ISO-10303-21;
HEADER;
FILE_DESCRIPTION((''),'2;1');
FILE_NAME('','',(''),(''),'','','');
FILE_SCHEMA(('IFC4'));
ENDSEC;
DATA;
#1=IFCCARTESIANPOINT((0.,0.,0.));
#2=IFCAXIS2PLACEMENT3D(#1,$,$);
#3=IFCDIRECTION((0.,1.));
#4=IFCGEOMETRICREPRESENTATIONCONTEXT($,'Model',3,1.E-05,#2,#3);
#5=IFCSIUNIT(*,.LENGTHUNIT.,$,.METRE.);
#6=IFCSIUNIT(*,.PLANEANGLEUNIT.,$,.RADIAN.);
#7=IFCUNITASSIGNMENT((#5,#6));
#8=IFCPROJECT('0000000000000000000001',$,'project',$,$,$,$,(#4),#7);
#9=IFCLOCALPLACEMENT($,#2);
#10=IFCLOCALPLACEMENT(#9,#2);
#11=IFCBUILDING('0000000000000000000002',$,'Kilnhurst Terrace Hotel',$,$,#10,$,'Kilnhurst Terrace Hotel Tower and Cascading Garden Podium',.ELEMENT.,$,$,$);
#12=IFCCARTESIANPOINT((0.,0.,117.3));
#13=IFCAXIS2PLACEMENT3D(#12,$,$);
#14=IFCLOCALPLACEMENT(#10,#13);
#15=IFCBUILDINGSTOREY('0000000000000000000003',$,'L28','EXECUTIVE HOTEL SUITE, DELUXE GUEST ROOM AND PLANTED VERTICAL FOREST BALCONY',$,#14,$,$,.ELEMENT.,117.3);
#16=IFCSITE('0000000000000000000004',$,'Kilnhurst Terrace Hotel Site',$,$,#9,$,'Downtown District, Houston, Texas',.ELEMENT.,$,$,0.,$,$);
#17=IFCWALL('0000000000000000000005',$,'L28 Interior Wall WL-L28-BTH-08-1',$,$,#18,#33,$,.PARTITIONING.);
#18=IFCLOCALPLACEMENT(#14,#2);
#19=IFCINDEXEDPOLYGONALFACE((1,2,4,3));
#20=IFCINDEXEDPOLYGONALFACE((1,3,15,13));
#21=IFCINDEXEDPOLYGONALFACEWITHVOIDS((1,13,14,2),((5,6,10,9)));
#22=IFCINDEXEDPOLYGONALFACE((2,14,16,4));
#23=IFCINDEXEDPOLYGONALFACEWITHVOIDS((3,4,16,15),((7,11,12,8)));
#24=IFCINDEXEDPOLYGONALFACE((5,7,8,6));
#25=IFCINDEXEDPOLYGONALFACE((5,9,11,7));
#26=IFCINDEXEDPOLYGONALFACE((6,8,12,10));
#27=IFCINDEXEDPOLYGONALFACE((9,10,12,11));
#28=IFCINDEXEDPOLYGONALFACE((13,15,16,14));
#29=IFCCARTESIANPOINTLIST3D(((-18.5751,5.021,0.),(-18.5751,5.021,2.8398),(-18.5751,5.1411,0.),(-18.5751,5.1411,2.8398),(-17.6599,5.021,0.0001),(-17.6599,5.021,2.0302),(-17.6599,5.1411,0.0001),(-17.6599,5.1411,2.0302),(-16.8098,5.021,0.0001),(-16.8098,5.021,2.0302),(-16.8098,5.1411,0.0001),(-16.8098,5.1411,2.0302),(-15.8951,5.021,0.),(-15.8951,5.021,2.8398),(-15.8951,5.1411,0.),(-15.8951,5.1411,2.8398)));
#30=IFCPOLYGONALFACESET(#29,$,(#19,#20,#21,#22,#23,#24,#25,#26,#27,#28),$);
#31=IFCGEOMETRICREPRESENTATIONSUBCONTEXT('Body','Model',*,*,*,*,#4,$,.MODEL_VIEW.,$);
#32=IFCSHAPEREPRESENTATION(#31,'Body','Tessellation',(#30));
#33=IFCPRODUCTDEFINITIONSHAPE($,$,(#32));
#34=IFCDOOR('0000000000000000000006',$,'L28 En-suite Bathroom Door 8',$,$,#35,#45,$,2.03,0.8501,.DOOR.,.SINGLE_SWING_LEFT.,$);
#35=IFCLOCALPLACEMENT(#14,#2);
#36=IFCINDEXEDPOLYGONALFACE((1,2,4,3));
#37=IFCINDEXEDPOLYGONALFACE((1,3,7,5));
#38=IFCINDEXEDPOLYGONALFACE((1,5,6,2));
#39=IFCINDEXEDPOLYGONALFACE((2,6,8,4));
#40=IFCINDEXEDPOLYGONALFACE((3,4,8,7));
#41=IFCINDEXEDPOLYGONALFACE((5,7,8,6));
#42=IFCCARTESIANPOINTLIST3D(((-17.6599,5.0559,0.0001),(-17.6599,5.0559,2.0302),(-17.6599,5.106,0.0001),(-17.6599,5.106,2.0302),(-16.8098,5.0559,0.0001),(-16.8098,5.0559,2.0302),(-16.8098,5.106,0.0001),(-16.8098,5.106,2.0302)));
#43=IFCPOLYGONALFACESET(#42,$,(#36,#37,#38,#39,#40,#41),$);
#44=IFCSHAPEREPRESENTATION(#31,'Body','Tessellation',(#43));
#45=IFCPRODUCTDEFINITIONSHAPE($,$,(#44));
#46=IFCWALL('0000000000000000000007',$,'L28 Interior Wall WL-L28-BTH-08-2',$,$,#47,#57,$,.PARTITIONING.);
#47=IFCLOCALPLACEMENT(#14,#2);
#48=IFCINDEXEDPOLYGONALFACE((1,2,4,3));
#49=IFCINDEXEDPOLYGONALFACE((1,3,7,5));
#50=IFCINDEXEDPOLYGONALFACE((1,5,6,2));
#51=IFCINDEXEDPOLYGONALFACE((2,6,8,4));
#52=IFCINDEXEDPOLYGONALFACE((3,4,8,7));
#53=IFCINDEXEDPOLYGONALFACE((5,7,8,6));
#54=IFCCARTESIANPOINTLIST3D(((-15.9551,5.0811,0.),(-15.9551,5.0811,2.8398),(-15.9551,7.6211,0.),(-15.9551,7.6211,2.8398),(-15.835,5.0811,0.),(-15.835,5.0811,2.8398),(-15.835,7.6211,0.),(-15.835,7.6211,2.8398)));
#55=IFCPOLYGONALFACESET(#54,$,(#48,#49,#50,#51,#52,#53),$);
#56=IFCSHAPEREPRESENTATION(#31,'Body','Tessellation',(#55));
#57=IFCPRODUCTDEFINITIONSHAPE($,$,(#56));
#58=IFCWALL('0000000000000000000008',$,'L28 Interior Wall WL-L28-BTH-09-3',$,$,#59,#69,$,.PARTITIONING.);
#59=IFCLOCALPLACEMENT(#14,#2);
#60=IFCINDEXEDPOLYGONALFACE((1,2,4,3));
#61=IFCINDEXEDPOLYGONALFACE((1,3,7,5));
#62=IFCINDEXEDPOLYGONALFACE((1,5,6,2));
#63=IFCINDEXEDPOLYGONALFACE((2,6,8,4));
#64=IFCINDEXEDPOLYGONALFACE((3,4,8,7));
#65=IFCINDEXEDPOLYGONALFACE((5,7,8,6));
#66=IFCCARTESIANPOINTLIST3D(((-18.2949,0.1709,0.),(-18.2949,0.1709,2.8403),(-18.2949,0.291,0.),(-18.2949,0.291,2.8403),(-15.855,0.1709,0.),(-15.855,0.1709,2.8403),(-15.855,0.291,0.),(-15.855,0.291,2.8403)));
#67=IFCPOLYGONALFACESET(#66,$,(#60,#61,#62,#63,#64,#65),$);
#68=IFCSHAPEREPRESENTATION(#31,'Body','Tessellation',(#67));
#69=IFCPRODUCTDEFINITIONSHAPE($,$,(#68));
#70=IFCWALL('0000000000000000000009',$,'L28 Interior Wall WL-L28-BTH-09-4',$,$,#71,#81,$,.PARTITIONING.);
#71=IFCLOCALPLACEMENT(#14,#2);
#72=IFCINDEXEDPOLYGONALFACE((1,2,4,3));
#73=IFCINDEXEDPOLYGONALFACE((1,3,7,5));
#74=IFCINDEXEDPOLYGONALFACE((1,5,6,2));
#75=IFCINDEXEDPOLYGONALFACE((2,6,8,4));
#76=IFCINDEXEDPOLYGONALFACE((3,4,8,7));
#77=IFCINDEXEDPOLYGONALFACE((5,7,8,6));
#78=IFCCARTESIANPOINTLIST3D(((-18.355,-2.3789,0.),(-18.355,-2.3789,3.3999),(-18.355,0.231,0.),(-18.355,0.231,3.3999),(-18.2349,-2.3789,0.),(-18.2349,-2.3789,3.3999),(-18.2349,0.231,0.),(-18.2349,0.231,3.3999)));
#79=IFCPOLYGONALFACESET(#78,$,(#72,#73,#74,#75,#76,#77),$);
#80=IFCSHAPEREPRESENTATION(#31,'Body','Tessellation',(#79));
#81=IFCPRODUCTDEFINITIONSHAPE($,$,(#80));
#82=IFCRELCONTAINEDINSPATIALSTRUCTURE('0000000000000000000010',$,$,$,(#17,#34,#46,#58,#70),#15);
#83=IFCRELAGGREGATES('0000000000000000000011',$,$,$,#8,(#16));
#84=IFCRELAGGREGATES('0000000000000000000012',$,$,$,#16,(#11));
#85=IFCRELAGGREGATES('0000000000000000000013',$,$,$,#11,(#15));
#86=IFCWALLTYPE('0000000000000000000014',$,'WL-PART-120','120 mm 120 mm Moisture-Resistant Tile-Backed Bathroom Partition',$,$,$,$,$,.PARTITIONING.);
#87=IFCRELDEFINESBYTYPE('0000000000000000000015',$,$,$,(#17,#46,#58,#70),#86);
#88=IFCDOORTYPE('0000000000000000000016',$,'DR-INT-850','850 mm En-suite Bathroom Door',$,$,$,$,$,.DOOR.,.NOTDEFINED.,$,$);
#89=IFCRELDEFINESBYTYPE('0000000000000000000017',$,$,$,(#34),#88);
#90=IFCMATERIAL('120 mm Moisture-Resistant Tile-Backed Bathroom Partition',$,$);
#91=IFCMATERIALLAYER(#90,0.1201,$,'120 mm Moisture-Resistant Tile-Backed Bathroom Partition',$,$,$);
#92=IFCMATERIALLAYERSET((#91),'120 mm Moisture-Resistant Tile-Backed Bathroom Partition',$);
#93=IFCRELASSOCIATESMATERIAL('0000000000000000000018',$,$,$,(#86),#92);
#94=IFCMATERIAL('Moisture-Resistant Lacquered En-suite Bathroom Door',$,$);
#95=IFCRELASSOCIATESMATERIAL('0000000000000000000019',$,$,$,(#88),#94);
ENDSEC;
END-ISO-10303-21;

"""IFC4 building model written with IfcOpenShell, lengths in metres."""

from ifc_helpers import new_model, si_unit, direction, frame, frame_2d, origin, place, context, subcontext, project, spatial, rectangle, extrude, material, layer, layer_set, type_object, element, fill, save


model = new_model("IFC4")

# Units and contexts
model_context = context("Model", 3, precision=1e-05, world=origin(), true_north=direction((0.0, 1.0)))
body_context = subcontext(model_context, "Body", "Model", "MODEL_VIEW")
ifc_project = project(units=[si_unit("LENGTHUNIT", "METRE"), si_unit("PLANEANGLEUNIT", "RADIAN")], contexts=[model_context])

# Site, building, storey
site_placement = place(None, origin())
site = spatial("IfcSite", under=ifc_project, at=site_placement, Name="Kilnhurst Terrace Hotel Site", LongName="Downtown District, Houston, Texas", CompositionType="ELEMENT", RefElevation=0.0)
building_placement = place(site_placement, origin())
building = spatial("IfcBuilding", under=site, at=building_placement, Name="Kilnhurst Terrace Hotel", LongName="Kilnhurst Terrace Hotel Tower and Cascading Garden Podium", CompositionType="ELEMENT")
storey_placement = place(building_placement, frame((0.0, 0.0, 117.3)))
storey = spatial("IfcBuildingStorey", under=building, at=storey_placement, Name="L28", Description="EXECUTIVE HOTEL SUITE, DELUXE GUEST ROOM AND PLANTED VERTICAL FOREST BALCONY", CompositionType="ELEMENT", Elevation=117.3)

# Wall, opening, door
ifc_material_1 = material(Name="120 mm Moisture-Resistant Tile-Backed Bathroom Partition")
ifc_layer_1 = layer(ifc_material_1, 0.1201, Name="120 mm Moisture-Resistant Tile-Backed Bathroom Partition")
ifc_layer_set_1 = layer_set([ifc_layer_1], Name="120 mm Moisture-Resistant Tile-Backed Bathroom Partition")
wall_type_1 = type_object("IfcWallType", Name="WL-PART-120", Description="120 mm 120 mm Moisture-Resistant Tile-Backed Bathroom Partition", PredefinedType="PARTITIONING", material=ifc_layer_set_1)
wall_1_placement = place(storey_placement, frame((-18.575, 5.0811, 0.0), z_axis=(0.0, 0.0, 1.0), x_axis=(1.0, 0.0, 0.0)))
wall_1 = element("IfcWall", 1, at=wall_1_placement, inside=storey, type_object=wall_type_1, Name="L28 Interior Wall WL-L28-BTH-08-1", PredefinedType="PARTITIONING", context=body_context, shape_type="SweptSolid", body=[
    extrude(rectangle(XDim=2.6799, YDim=0.1201, at=frame_2d((1.3398, 0.0))), origin(), (0.0, 0.0, 1.0), 2.8398),
])
opening_placement = place(wall_1_placement, frame((0.915, 0.0, 0.0)))
opening = element("IfcOpeningElement", 2, at=opening_placement, cuts=wall_1, PredefinedType="OPENING", context=body_context, shape_type="SweptSolid", body=[
    extrude(rectangle(XDim=0.8501, YDim=2.03, at=frame_2d((0.425, 1.0151))), frame((0.0, 0.0701, 0.0), z_axis=(0.0, -1.0, 0.0), x_axis=(1.0, 0.0, 0.0)), (0.0, 0.0, 1.0), 0.1401),
])
ifc_material_2 = material(Name="Moisture-Resistant Lacquered En-suite Bathroom Door")
door_type = type_object("IfcDoorType", Name="DR-INT-850", Description="850 mm En-suite Bathroom Door", OperationType="NOTDEFINED", PredefinedType="DOOR", material=ifc_material_2)
door_placement = place(opening_placement, origin())
door = element("IfcDoor", 3, at=door_placement, inside=storey, type_object=door_type, Name="L28 En-suite Bathroom Door 8", OperationType="SINGLE_SWING_LEFT", OverallHeight=2.03, OverallWidth=0.8501, PredefinedType="DOOR", context=body_context, shape_type="SweptSolid", body=[
    extrude(rectangle(XDim=0.8501, YDim=2.03, at=frame_2d((0.425, 1.0151))), frame((0.0, 0.0249, 0.0), z_axis=(0.0, -1.0, 0.0), x_axis=(1.0, 0.0, 0.0)), (0.0, 0.0, 1.0), 0.05),
])
fill(opening, door)

# Walls
wall_2_placement = place(storey_placement, frame((-15.895, 5.0811, 0.0), z_axis=(0.0, 0.0, 1.0), x_axis=(0.0, 1.0, 0.0)))
element("IfcWall", 4, at=wall_2_placement, inside=storey, type_object=wall_type_1, Name="L28 Interior Wall WL-L28-BTH-08-2", PredefinedType="PARTITIONING", context=body_context, shape_type="SweptSolid", body=[
    extrude(rectangle(XDim=2.54, YDim=0.1201, at=frame_2d((1.27, 0.0))), origin(), (0.0, 0.0, 1.0), 2.8398),
])
wall_3_placement = place(storey_placement, frame((-15.855, 0.231, 0.0), z_axis=(0.0, 0.0, 1.0), x_axis=(-1.0, 0.0, 0.0)))
element("IfcWall", 5, at=wall_3_placement, inside=storey, type_object=wall_type_1, Name="L28 Interior Wall WL-L28-BTH-09-3", PredefinedType="PARTITIONING", context=body_context, shape_type="SweptSolid", body=[
    extrude(rectangle(XDim=2.4399, YDim=0.1201, at=frame_2d((1.22, 0.0))), origin(), (0.0, 0.0, 1.0), 2.8403),
])
wall_4_placement = place(storey_placement, frame((-18.2949, 0.231, 0.0), z_axis=(0.0, 0.0, 1.0), x_axis=(0.0, -1.0, 0.0)))
element("IfcWall", 6, at=wall_4_placement, inside=storey, type_object=wall_type_1, Name="L28 Interior Wall WL-L28-BTH-09-4", PredefinedType="PARTITIONING", context=body_context, shape_type="SweptSolid", body=[
    extrude(rectangle(XDim=2.6099, YDim=0.1201, at=frame_2d((1.3049, 0.0))), origin(), (0.0, 0.0, 1.0), 3.3999),
])

save(model, "model.ifc")
